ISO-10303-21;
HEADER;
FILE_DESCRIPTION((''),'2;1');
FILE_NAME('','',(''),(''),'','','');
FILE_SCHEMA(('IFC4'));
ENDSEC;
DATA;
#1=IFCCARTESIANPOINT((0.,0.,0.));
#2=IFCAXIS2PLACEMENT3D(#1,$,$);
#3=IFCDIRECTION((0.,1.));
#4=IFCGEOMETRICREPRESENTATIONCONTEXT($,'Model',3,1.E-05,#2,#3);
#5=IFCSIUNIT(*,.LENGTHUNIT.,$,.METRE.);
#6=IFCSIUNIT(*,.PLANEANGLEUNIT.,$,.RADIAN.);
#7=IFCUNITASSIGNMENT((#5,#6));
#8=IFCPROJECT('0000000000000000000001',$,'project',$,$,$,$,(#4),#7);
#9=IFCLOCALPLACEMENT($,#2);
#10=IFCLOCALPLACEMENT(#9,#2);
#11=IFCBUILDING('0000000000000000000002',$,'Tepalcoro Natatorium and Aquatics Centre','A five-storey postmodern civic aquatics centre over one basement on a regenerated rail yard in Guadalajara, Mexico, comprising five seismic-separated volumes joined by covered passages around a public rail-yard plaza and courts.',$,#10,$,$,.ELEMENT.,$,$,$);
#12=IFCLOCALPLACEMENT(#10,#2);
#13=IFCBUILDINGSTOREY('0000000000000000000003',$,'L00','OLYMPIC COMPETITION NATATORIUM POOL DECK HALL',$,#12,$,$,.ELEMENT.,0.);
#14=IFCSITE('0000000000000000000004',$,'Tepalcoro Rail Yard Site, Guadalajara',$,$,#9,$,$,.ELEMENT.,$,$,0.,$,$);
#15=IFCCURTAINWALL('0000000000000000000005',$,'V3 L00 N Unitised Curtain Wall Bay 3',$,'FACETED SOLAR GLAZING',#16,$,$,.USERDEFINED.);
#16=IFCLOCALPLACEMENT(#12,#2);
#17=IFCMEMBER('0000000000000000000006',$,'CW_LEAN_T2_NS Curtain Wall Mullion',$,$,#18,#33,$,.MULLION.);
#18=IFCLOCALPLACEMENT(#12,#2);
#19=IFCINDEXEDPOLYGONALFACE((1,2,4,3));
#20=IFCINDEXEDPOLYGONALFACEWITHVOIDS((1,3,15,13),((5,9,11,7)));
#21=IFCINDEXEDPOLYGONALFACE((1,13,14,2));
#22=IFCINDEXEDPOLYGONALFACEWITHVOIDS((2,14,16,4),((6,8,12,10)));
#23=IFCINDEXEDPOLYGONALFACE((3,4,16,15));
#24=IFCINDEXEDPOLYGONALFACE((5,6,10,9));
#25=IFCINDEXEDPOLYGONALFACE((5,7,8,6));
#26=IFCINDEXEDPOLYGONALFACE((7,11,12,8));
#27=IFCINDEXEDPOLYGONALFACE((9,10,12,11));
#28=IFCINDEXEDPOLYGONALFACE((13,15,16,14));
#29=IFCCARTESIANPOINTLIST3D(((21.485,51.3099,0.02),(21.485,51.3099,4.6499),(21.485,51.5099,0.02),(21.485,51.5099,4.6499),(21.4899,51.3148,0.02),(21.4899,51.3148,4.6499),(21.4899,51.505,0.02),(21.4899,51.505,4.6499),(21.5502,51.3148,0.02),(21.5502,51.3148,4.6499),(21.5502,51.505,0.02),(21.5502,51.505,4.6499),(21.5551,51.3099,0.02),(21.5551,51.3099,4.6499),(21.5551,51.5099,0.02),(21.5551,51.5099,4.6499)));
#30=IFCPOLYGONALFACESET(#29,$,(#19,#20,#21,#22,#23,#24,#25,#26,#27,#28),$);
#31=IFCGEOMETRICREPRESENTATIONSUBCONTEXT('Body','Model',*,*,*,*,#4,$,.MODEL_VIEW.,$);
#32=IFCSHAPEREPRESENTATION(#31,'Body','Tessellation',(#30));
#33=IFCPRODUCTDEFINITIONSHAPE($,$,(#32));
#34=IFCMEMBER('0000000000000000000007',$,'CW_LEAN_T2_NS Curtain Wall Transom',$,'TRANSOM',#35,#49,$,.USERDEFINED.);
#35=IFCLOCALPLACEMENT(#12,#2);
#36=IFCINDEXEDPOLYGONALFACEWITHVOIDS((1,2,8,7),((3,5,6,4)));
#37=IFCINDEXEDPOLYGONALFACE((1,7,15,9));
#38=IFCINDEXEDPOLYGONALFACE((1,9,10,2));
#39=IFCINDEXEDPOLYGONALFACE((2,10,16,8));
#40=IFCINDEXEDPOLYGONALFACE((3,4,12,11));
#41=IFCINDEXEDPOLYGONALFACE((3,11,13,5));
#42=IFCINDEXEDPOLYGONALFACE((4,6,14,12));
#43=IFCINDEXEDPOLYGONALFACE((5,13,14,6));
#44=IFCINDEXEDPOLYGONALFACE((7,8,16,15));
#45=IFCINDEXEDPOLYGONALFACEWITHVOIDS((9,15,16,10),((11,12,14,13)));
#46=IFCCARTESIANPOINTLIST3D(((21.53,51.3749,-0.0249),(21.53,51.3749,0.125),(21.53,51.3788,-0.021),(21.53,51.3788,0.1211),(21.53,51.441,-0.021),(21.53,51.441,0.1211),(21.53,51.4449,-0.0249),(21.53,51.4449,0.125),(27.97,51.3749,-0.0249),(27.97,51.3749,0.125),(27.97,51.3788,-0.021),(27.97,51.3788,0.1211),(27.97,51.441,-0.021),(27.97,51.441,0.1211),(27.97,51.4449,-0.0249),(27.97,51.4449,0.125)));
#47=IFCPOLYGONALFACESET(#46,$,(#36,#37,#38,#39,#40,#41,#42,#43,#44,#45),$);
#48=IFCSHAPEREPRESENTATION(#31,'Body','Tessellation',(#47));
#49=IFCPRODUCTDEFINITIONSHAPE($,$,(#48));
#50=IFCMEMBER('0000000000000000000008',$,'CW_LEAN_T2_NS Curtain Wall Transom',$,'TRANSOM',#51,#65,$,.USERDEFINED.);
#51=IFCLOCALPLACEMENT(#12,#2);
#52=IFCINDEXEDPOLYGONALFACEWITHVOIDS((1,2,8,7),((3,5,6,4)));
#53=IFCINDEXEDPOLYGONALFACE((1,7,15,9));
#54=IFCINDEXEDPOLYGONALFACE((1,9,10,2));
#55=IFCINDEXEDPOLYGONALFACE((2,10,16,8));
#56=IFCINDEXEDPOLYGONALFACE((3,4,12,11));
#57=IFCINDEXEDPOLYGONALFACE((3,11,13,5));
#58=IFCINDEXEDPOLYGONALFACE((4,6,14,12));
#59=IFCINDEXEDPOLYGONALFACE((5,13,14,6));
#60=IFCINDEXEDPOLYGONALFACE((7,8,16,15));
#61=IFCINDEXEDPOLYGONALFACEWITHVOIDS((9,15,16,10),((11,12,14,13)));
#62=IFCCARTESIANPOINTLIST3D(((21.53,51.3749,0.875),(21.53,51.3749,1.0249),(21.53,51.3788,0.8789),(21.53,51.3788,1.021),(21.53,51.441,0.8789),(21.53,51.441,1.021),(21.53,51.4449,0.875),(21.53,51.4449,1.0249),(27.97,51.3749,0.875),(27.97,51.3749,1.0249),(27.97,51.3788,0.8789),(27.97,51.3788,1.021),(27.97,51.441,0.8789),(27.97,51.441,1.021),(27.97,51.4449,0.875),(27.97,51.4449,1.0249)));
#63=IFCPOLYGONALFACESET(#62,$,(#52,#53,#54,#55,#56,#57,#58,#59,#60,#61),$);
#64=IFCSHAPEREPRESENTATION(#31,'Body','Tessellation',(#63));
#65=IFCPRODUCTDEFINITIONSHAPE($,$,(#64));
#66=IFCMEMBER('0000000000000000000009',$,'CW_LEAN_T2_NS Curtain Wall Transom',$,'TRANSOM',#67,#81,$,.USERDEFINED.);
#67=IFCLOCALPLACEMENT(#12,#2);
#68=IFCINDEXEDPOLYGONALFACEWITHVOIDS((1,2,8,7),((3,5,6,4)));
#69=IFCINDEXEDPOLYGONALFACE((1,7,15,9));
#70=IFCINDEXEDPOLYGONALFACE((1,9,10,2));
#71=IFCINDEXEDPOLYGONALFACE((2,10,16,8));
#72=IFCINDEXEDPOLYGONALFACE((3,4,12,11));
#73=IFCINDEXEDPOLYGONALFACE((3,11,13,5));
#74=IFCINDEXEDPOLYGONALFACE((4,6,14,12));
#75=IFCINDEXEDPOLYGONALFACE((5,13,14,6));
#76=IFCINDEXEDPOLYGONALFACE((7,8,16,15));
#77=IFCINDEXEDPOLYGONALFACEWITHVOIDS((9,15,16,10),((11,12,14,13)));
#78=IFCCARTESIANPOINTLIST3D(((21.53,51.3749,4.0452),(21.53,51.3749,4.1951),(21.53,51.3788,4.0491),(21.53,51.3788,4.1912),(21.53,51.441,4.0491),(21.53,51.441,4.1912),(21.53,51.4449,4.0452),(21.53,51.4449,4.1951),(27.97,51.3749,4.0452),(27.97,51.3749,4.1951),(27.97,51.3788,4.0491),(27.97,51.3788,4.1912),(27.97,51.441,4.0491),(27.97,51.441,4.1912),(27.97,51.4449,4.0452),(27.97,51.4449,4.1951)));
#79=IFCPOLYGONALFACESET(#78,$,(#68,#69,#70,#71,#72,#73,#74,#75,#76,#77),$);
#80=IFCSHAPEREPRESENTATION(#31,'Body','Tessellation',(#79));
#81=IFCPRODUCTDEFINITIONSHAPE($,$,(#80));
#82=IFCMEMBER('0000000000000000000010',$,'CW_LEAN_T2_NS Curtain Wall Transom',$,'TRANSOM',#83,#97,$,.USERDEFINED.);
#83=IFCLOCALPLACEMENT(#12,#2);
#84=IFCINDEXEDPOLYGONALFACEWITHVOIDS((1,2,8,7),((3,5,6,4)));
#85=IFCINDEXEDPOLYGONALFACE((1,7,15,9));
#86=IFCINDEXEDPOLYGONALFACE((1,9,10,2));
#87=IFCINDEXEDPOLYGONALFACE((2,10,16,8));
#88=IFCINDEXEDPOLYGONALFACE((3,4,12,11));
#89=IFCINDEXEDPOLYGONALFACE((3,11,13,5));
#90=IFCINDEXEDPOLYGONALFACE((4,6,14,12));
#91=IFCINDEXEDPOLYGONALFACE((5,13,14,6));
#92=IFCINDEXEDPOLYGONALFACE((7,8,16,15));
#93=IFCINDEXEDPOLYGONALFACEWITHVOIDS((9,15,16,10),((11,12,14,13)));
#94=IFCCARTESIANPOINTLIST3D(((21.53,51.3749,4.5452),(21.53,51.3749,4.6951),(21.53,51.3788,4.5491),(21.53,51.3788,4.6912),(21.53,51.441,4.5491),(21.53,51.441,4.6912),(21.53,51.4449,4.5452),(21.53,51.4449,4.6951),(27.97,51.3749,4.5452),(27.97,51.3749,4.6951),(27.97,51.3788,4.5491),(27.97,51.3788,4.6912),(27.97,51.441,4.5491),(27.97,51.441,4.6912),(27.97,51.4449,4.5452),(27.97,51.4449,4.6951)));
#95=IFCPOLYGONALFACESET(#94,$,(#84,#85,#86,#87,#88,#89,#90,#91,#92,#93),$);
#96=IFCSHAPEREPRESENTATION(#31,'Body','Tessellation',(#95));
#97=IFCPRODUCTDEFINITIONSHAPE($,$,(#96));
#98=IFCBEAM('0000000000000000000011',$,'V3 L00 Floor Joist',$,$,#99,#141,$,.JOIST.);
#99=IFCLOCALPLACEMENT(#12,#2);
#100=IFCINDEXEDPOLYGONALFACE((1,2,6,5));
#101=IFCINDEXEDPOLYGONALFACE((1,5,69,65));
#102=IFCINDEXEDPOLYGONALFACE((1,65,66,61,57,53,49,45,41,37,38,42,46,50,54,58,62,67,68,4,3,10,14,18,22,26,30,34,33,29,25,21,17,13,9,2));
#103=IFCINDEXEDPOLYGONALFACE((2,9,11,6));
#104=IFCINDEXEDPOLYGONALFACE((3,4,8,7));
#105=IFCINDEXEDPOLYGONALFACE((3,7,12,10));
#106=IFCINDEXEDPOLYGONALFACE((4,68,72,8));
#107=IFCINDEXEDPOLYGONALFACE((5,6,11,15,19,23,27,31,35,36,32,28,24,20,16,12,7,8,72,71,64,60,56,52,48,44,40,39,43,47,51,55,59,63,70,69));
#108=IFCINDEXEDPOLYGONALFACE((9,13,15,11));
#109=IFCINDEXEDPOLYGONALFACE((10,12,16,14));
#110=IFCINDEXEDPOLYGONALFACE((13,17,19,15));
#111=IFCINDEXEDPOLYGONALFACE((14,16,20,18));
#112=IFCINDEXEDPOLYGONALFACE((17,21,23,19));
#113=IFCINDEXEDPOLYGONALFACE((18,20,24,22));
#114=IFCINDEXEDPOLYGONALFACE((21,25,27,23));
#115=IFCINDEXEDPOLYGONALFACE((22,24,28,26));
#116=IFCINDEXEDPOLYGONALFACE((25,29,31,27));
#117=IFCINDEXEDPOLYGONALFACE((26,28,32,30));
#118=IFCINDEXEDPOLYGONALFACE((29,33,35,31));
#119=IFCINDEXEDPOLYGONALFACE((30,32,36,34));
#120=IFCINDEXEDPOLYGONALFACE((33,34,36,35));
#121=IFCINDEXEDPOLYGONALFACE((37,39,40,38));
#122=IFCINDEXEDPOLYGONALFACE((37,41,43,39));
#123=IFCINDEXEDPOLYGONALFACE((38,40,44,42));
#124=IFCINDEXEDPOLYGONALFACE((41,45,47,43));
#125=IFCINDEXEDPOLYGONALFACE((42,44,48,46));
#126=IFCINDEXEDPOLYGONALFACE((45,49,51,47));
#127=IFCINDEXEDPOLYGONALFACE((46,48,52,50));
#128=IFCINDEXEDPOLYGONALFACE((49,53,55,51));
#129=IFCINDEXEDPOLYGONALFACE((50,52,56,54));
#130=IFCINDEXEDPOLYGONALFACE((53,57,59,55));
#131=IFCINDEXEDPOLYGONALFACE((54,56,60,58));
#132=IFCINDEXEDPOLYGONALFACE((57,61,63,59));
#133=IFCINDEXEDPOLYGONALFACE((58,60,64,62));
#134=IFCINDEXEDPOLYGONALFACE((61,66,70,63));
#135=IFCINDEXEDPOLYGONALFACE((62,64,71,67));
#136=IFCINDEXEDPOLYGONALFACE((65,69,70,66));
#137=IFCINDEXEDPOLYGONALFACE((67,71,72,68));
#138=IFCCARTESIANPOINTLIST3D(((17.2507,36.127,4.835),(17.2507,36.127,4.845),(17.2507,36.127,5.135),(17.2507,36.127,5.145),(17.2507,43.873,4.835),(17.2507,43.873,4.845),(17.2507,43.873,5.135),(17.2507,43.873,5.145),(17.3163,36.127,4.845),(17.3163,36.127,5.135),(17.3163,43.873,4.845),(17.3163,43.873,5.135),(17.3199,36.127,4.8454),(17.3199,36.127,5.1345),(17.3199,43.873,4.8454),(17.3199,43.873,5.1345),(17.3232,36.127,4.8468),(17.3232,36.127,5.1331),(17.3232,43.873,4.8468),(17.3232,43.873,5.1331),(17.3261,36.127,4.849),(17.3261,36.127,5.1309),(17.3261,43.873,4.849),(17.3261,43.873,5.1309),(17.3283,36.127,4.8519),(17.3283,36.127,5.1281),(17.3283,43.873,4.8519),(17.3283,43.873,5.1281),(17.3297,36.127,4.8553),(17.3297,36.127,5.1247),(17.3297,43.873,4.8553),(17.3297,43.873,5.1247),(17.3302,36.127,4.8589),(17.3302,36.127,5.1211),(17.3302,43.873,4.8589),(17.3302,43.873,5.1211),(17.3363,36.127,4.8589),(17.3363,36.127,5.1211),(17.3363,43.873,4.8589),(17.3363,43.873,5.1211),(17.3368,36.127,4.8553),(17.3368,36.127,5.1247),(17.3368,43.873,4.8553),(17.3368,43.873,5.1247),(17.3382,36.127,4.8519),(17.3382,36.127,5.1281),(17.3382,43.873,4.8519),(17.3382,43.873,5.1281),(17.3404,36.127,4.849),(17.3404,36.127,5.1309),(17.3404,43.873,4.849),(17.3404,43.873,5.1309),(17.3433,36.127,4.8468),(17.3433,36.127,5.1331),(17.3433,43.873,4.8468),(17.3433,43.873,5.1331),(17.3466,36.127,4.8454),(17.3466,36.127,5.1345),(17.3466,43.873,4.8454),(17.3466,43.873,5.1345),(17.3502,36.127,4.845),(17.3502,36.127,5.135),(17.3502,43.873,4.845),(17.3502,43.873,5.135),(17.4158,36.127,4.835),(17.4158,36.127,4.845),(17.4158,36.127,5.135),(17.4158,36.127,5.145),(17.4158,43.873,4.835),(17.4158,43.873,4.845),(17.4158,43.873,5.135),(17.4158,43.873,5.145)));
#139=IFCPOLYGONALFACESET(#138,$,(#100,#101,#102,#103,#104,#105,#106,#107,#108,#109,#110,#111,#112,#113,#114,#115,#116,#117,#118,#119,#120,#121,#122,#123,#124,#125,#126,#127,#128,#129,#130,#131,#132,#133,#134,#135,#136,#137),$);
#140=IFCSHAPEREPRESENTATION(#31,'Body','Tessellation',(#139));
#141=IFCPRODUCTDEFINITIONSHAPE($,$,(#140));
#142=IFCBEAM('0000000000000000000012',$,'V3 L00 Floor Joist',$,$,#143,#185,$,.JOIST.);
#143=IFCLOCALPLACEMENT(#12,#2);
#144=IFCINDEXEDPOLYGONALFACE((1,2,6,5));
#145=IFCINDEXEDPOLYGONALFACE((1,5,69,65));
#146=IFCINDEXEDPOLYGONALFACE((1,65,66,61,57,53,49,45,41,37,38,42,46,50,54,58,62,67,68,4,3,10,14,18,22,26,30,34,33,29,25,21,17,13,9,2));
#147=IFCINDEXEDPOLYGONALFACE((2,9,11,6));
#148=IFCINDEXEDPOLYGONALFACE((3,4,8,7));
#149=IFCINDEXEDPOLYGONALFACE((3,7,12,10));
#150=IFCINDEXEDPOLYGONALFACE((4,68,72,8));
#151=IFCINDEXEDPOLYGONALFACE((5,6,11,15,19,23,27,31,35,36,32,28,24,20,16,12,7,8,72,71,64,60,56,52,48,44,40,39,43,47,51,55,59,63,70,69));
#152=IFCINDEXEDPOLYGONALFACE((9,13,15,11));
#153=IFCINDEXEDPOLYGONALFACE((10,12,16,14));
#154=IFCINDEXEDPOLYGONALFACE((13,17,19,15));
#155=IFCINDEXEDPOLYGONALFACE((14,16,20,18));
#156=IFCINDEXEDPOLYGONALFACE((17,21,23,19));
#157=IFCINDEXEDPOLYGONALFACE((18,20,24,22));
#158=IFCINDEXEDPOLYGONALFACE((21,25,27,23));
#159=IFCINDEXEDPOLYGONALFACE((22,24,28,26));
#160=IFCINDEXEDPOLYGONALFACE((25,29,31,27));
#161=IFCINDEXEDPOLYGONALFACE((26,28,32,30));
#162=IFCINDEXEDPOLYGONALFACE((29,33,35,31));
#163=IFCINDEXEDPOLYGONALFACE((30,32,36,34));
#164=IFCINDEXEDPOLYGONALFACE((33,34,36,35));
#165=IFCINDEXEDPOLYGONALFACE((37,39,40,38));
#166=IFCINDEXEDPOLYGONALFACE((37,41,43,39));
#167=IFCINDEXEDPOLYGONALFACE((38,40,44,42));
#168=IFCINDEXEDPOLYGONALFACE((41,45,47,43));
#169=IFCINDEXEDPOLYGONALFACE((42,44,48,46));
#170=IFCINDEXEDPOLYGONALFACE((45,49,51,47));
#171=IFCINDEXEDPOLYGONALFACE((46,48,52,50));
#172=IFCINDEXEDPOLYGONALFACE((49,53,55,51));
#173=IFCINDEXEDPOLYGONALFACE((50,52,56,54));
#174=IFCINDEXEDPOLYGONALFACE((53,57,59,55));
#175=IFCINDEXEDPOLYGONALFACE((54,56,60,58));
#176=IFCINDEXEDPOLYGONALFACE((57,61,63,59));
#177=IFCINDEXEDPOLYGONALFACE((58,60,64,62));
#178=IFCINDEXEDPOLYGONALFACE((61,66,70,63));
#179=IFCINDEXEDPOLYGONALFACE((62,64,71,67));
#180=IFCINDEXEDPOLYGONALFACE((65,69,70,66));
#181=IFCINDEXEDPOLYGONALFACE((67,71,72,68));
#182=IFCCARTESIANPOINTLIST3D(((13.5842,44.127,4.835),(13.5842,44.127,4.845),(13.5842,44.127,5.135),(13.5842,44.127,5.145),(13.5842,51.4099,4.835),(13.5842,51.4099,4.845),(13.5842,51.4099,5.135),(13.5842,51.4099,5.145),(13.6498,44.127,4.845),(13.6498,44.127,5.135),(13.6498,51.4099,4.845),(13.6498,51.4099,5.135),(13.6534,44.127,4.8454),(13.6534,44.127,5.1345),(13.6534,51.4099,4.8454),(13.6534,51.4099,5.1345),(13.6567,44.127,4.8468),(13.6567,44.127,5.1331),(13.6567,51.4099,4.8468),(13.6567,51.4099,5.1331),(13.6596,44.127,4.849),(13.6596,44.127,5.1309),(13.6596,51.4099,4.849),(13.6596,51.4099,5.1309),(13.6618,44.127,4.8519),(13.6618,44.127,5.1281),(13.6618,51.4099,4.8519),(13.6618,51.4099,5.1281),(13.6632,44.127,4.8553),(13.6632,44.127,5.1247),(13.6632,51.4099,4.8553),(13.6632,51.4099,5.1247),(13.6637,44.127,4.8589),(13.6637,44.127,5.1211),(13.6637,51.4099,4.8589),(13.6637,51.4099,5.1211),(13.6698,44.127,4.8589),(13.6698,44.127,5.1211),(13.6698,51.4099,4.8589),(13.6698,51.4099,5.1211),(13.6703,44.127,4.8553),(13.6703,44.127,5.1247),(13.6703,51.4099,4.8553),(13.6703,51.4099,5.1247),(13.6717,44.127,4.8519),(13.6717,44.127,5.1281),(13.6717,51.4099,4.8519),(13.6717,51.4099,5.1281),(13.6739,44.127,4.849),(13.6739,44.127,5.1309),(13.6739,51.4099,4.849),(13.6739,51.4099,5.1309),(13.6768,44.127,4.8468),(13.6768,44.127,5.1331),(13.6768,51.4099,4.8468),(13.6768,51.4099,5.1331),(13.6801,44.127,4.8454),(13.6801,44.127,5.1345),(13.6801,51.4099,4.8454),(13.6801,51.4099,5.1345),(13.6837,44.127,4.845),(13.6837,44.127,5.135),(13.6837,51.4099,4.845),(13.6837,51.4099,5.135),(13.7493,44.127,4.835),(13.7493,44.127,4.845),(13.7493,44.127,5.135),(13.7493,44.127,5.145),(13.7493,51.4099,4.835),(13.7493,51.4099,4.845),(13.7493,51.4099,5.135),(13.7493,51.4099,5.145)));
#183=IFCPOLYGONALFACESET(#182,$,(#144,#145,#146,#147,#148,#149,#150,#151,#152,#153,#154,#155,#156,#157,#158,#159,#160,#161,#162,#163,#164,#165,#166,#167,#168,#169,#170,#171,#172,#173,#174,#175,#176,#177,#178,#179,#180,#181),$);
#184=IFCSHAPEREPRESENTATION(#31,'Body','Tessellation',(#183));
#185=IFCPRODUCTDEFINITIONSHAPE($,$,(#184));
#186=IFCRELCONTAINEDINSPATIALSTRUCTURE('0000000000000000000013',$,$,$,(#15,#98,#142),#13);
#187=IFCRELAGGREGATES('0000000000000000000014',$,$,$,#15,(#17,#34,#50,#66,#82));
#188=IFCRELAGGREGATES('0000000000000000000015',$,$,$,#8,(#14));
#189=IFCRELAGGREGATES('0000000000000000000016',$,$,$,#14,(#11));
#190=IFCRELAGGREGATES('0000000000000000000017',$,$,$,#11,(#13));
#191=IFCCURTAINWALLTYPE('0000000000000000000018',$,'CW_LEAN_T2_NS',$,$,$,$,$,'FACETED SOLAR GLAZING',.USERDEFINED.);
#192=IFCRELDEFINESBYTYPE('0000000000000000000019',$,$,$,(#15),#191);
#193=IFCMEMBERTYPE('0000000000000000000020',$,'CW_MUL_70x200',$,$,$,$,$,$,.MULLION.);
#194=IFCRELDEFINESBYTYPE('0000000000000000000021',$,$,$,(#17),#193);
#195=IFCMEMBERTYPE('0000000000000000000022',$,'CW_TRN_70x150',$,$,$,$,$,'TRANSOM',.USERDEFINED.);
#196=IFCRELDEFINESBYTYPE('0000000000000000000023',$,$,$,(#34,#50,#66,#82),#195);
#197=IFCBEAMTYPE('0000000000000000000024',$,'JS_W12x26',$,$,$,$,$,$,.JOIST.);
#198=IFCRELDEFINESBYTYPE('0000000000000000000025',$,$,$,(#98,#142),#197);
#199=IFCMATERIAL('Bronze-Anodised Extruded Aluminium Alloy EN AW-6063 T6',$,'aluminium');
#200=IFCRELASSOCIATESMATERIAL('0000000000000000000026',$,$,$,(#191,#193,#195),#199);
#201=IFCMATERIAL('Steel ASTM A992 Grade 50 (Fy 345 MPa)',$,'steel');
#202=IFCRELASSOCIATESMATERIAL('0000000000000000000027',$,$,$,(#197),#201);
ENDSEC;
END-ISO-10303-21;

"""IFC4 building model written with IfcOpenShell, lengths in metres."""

from ifc_helpers import new_model, si_unit, direction, frame, origin, origin_2d, place, context, subcontext, project, spatial, hollow_rectangle, i_section, extrude, material, material_profile, profile_set, type_object, element, aggregate, save


model = new_model("IFC4")

# Units and contexts
model_context = context("Model", 3, precision=1e-05, world=origin(), true_north=direction((0.0, 1.0)))
body_context = subcontext(model_context, "Body", "Model", "MODEL_VIEW")
ifc_project = project(units=[si_unit("LENGTHUNIT", "METRE"), si_unit("PLANEANGLEUNIT", "RADIAN")], contexts=[model_context])

# Site, building, storey
site_placement = place(None, origin())
site = spatial("IfcSite", under=ifc_project, at=site_placement, Name="Tepalcoro Rail Yard Site, Guadalajara", CompositionType="ELEMENT", RefElevation=0.0)
building_placement = place(site_placement, origin())
building = spatial("IfcBuilding", under=site, at=building_placement, Name="Tepalcoro Natatorium and Aquatics Centre", Description="A five-storey postmodern civic aquatics centre over one basement on a regenerated rail yard in Guadalajara, Mexico, comprising five seismic-separated volumes joined by covered passages around a public rail-yard plaza and courts.", CompositionType="ELEMENT")
storey_placement = place(building_placement, origin())
storey = spatial("IfcBuildingStorey", under=building, at=storey_placement, Name="L00", Description="OLYMPIC COMPETITION NATATORIUM POOL DECK HALL", CompositionType="ELEMENT", Elevation=0.0)

# Shared definitions
ifc_material_1 = material(Name="Steel ASTM A992 Grade 50 (Fy 345 MPa)", Category="steel")

# Curtain wall, members
ifc_material_2 = material(Name="Bronze-Anodised Extruded Aluminium Alloy EN AW-6063 T6", Category="aluminium")
curtain_wall_type = type_object("IfcCurtainWallType", Name="CW_LEAN_T2_NS", ElementType="FACETED SOLAR GLAZING", PredefinedType="USERDEFINED", material=ifc_material_2)
curtain_wall_placement = place(storey_placement, origin())
curtain_wall = element("IfcCurtainWall", 1, at=curtain_wall_placement, inside=storey, type_object=curtain_wall_type, Name="V3 L00 N Unitised Curtain Wall Bay 3", ObjectType="FACETED SOLAR GLAZING", PredefinedType="USERDEFINED")
ifc_material_profile_1 = material_profile(ifc_material_2, hollow_rectangle(XDim=0.0701, YDim=0.2, WallThickness=0.0049, at=origin_2d()), Name="AL70X200X5")
ifc_profile_set_1 = profile_set([ifc_material_profile_1], Name="Bronze-Anodised Extruded Aluminium Alloy EN AW-6063 T6")
member_type_1 = type_object("IfcMemberType", Name="CW_MUL_70x200", PredefinedType="MULLION", material=ifc_profile_set_1)
member_1_placement = place(storey_placement, frame((21.52, 51.4099, 0.02), z_axis=(0.0, 0.0, 1.0), x_axis=(1.0, 0.0, 0.0)))
member_1 = element("IfcMember", 2, at=member_1_placement, type_object=member_type_1, Name="CW_LEAN_T2_NS Curtain Wall Mullion", PredefinedType="MULLION", context=body_context, shape_type="SweptSolid", body=[
    extrude(hollow_rectangle(XDim=0.0701, YDim=0.2, WallThickness=0.0049, at=origin_2d()), origin(), (0.0, 0.0, 1.0), 4.6299),
])
ifc_material_profile_2 = material_profile(ifc_material_2, hollow_rectangle(XDim=0.0701, YDim=0.1499, WallThickness=0.0039, at=origin_2d()), Name="AL70X150X4")
ifc_profile_set_2 = profile_set([ifc_material_profile_2], Name="Bronze-Anodised Extruded Aluminium Alloy EN AW-6063 T6")
member_type_2 = type_object("IfcMemberType", Name="CW_TRN_70x150", ElementType="TRANSOM", PredefinedType="USERDEFINED", material=ifc_profile_set_2)
member_2_placement = place(storey_placement, frame((21.53, 51.4099, 0.05), z_axis=(1.0, 0.0, 0.0), x_axis=(0.0, 1.0, 0.0)))
member_2 = element("IfcMember", 3, at=member_2_placement, type_object=member_type_2, Name="CW_LEAN_T2_NS Curtain Wall Transom", ObjectType="TRANSOM", PredefinedType="USERDEFINED", context=body_context, shape_type="SweptSolid", body=[
    extrude(hollow_rectangle(XDim=0.0701, YDim=0.1499, WallThickness=0.0039, at=origin_2d()), origin(), (0.0, 0.0, 1.0), 6.4399),
])
member_3_placement = place(storey_placement, frame((21.53, 51.4099, 0.95), z_axis=(1.0, 0.0, 0.0), x_axis=(0.0, 1.0, 0.0)))
member_3 = element("IfcMember", 4, at=member_3_placement, type_object=member_type_2, Name="CW_LEAN_T2_NS Curtain Wall Transom", ObjectType="TRANSOM", PredefinedType="USERDEFINED", context=body_context, shape_type="SweptSolid", body=[
    extrude(hollow_rectangle(XDim=0.0701, YDim=0.1499, WallThickness=0.0039, at=origin_2d()), origin(), (0.0, 0.0, 1.0), 6.4399),
])
member_4_placement = place(storey_placement, frame((21.53, 51.4099, 4.1201), z_axis=(1.0, 0.0, 0.0), x_axis=(0.0, 1.0, 0.0)))
member_4 = element("IfcMember", 5, at=member_4_placement, type_object=member_type_2, Name="CW_LEAN_T2_NS Curtain Wall Transom", ObjectType="TRANSOM", PredefinedType="USERDEFINED", context=body_context, shape_type="SweptSolid", body=[
    extrude(hollow_rectangle(XDim=0.0701, YDim=0.1499, WallThickness=0.0039, at=origin_2d()), origin(), (0.0, 0.0, 1.0), 6.4399),
])
member_5_placement = place(storey_placement, frame((21.53, 51.4099, 4.6201), z_axis=(1.0, 0.0, 0.0), x_axis=(0.0, 1.0, 0.0)))
member_5 = element("IfcMember", 6, at=member_5_placement, type_object=member_type_2, Name="CW_LEAN_T2_NS Curtain Wall Transom", ObjectType="TRANSOM", PredefinedType="USERDEFINED", context=body_context, shape_type="SweptSolid", body=[
    extrude(hollow_rectangle(XDim=0.0701, YDim=0.1499, WallThickness=0.0039, at=origin_2d()), origin(), (0.0, 0.0, 1.0), 6.4399),
])

# Beams
ifc_material_profile_3 = material_profile(ifc_material_1, i_section(OverallWidth=0.165, OverallDepth=0.3101, WebThickness=0.0061, FlangeThickness=0.01, FilletRadius=0.0139, at=origin_2d()), Name="W12X26")
ifc_profile_set_3 = profile_set([ifc_material_profile_3], Name="Steel ASTM A992 Grade 50 (Fy 345 MPa)")
beam_type_1 = type_object("IfcBeamType", Name="JS_W12x26", PredefinedType="JOIST", material=ifc_profile_set_3)
beam_1_placement = place(storey_placement, frame((17.3333, 36.127, 4.99), z_axis=(0.0, 1.0, 0.0), x_axis=(-1.0, 0.0, 0.0)))
element("IfcBeam", 7, at=beam_1_placement, inside=storey, type_object=beam_type_1, Name="V3 L00 Floor Joist", PredefinedType="JOIST", context=body_context, shape_type="SweptSolid", body=[
    extrude(i_section(OverallWidth=0.165, OverallDepth=0.3101, WebThickness=0.0061, FlangeThickness=0.01, FilletRadius=0.0139, at=origin_2d()), origin(), (0.0, 0.0, 1.0), 7.7461),
])
beam_2_placement = place(storey_placement, frame((13.6667, 44.127, 4.99), z_axis=(0.0, 1.0, 0.0), x_axis=(-1.0, 0.0, 0.0)))
element("IfcBeam", 8, at=beam_2_placement, inside=storey, type_object=beam_type_1, Name="V3 L00 Floor Joist", PredefinedType="JOIST", context=body_context, shape_type="SweptSolid", body=[
    extrude(i_section(OverallWidth=0.165, OverallDepth=0.3101, WebThickness=0.0061, FlangeThickness=0.01, FilletRadius=0.0139, at=origin_2d()), origin(), (0.0, 0.0, 1.0), 7.283),
])

aggregate(curtain_wall, [member_1, member_2, member_3, member_4, member_5])

save(model, "model.ifc")
